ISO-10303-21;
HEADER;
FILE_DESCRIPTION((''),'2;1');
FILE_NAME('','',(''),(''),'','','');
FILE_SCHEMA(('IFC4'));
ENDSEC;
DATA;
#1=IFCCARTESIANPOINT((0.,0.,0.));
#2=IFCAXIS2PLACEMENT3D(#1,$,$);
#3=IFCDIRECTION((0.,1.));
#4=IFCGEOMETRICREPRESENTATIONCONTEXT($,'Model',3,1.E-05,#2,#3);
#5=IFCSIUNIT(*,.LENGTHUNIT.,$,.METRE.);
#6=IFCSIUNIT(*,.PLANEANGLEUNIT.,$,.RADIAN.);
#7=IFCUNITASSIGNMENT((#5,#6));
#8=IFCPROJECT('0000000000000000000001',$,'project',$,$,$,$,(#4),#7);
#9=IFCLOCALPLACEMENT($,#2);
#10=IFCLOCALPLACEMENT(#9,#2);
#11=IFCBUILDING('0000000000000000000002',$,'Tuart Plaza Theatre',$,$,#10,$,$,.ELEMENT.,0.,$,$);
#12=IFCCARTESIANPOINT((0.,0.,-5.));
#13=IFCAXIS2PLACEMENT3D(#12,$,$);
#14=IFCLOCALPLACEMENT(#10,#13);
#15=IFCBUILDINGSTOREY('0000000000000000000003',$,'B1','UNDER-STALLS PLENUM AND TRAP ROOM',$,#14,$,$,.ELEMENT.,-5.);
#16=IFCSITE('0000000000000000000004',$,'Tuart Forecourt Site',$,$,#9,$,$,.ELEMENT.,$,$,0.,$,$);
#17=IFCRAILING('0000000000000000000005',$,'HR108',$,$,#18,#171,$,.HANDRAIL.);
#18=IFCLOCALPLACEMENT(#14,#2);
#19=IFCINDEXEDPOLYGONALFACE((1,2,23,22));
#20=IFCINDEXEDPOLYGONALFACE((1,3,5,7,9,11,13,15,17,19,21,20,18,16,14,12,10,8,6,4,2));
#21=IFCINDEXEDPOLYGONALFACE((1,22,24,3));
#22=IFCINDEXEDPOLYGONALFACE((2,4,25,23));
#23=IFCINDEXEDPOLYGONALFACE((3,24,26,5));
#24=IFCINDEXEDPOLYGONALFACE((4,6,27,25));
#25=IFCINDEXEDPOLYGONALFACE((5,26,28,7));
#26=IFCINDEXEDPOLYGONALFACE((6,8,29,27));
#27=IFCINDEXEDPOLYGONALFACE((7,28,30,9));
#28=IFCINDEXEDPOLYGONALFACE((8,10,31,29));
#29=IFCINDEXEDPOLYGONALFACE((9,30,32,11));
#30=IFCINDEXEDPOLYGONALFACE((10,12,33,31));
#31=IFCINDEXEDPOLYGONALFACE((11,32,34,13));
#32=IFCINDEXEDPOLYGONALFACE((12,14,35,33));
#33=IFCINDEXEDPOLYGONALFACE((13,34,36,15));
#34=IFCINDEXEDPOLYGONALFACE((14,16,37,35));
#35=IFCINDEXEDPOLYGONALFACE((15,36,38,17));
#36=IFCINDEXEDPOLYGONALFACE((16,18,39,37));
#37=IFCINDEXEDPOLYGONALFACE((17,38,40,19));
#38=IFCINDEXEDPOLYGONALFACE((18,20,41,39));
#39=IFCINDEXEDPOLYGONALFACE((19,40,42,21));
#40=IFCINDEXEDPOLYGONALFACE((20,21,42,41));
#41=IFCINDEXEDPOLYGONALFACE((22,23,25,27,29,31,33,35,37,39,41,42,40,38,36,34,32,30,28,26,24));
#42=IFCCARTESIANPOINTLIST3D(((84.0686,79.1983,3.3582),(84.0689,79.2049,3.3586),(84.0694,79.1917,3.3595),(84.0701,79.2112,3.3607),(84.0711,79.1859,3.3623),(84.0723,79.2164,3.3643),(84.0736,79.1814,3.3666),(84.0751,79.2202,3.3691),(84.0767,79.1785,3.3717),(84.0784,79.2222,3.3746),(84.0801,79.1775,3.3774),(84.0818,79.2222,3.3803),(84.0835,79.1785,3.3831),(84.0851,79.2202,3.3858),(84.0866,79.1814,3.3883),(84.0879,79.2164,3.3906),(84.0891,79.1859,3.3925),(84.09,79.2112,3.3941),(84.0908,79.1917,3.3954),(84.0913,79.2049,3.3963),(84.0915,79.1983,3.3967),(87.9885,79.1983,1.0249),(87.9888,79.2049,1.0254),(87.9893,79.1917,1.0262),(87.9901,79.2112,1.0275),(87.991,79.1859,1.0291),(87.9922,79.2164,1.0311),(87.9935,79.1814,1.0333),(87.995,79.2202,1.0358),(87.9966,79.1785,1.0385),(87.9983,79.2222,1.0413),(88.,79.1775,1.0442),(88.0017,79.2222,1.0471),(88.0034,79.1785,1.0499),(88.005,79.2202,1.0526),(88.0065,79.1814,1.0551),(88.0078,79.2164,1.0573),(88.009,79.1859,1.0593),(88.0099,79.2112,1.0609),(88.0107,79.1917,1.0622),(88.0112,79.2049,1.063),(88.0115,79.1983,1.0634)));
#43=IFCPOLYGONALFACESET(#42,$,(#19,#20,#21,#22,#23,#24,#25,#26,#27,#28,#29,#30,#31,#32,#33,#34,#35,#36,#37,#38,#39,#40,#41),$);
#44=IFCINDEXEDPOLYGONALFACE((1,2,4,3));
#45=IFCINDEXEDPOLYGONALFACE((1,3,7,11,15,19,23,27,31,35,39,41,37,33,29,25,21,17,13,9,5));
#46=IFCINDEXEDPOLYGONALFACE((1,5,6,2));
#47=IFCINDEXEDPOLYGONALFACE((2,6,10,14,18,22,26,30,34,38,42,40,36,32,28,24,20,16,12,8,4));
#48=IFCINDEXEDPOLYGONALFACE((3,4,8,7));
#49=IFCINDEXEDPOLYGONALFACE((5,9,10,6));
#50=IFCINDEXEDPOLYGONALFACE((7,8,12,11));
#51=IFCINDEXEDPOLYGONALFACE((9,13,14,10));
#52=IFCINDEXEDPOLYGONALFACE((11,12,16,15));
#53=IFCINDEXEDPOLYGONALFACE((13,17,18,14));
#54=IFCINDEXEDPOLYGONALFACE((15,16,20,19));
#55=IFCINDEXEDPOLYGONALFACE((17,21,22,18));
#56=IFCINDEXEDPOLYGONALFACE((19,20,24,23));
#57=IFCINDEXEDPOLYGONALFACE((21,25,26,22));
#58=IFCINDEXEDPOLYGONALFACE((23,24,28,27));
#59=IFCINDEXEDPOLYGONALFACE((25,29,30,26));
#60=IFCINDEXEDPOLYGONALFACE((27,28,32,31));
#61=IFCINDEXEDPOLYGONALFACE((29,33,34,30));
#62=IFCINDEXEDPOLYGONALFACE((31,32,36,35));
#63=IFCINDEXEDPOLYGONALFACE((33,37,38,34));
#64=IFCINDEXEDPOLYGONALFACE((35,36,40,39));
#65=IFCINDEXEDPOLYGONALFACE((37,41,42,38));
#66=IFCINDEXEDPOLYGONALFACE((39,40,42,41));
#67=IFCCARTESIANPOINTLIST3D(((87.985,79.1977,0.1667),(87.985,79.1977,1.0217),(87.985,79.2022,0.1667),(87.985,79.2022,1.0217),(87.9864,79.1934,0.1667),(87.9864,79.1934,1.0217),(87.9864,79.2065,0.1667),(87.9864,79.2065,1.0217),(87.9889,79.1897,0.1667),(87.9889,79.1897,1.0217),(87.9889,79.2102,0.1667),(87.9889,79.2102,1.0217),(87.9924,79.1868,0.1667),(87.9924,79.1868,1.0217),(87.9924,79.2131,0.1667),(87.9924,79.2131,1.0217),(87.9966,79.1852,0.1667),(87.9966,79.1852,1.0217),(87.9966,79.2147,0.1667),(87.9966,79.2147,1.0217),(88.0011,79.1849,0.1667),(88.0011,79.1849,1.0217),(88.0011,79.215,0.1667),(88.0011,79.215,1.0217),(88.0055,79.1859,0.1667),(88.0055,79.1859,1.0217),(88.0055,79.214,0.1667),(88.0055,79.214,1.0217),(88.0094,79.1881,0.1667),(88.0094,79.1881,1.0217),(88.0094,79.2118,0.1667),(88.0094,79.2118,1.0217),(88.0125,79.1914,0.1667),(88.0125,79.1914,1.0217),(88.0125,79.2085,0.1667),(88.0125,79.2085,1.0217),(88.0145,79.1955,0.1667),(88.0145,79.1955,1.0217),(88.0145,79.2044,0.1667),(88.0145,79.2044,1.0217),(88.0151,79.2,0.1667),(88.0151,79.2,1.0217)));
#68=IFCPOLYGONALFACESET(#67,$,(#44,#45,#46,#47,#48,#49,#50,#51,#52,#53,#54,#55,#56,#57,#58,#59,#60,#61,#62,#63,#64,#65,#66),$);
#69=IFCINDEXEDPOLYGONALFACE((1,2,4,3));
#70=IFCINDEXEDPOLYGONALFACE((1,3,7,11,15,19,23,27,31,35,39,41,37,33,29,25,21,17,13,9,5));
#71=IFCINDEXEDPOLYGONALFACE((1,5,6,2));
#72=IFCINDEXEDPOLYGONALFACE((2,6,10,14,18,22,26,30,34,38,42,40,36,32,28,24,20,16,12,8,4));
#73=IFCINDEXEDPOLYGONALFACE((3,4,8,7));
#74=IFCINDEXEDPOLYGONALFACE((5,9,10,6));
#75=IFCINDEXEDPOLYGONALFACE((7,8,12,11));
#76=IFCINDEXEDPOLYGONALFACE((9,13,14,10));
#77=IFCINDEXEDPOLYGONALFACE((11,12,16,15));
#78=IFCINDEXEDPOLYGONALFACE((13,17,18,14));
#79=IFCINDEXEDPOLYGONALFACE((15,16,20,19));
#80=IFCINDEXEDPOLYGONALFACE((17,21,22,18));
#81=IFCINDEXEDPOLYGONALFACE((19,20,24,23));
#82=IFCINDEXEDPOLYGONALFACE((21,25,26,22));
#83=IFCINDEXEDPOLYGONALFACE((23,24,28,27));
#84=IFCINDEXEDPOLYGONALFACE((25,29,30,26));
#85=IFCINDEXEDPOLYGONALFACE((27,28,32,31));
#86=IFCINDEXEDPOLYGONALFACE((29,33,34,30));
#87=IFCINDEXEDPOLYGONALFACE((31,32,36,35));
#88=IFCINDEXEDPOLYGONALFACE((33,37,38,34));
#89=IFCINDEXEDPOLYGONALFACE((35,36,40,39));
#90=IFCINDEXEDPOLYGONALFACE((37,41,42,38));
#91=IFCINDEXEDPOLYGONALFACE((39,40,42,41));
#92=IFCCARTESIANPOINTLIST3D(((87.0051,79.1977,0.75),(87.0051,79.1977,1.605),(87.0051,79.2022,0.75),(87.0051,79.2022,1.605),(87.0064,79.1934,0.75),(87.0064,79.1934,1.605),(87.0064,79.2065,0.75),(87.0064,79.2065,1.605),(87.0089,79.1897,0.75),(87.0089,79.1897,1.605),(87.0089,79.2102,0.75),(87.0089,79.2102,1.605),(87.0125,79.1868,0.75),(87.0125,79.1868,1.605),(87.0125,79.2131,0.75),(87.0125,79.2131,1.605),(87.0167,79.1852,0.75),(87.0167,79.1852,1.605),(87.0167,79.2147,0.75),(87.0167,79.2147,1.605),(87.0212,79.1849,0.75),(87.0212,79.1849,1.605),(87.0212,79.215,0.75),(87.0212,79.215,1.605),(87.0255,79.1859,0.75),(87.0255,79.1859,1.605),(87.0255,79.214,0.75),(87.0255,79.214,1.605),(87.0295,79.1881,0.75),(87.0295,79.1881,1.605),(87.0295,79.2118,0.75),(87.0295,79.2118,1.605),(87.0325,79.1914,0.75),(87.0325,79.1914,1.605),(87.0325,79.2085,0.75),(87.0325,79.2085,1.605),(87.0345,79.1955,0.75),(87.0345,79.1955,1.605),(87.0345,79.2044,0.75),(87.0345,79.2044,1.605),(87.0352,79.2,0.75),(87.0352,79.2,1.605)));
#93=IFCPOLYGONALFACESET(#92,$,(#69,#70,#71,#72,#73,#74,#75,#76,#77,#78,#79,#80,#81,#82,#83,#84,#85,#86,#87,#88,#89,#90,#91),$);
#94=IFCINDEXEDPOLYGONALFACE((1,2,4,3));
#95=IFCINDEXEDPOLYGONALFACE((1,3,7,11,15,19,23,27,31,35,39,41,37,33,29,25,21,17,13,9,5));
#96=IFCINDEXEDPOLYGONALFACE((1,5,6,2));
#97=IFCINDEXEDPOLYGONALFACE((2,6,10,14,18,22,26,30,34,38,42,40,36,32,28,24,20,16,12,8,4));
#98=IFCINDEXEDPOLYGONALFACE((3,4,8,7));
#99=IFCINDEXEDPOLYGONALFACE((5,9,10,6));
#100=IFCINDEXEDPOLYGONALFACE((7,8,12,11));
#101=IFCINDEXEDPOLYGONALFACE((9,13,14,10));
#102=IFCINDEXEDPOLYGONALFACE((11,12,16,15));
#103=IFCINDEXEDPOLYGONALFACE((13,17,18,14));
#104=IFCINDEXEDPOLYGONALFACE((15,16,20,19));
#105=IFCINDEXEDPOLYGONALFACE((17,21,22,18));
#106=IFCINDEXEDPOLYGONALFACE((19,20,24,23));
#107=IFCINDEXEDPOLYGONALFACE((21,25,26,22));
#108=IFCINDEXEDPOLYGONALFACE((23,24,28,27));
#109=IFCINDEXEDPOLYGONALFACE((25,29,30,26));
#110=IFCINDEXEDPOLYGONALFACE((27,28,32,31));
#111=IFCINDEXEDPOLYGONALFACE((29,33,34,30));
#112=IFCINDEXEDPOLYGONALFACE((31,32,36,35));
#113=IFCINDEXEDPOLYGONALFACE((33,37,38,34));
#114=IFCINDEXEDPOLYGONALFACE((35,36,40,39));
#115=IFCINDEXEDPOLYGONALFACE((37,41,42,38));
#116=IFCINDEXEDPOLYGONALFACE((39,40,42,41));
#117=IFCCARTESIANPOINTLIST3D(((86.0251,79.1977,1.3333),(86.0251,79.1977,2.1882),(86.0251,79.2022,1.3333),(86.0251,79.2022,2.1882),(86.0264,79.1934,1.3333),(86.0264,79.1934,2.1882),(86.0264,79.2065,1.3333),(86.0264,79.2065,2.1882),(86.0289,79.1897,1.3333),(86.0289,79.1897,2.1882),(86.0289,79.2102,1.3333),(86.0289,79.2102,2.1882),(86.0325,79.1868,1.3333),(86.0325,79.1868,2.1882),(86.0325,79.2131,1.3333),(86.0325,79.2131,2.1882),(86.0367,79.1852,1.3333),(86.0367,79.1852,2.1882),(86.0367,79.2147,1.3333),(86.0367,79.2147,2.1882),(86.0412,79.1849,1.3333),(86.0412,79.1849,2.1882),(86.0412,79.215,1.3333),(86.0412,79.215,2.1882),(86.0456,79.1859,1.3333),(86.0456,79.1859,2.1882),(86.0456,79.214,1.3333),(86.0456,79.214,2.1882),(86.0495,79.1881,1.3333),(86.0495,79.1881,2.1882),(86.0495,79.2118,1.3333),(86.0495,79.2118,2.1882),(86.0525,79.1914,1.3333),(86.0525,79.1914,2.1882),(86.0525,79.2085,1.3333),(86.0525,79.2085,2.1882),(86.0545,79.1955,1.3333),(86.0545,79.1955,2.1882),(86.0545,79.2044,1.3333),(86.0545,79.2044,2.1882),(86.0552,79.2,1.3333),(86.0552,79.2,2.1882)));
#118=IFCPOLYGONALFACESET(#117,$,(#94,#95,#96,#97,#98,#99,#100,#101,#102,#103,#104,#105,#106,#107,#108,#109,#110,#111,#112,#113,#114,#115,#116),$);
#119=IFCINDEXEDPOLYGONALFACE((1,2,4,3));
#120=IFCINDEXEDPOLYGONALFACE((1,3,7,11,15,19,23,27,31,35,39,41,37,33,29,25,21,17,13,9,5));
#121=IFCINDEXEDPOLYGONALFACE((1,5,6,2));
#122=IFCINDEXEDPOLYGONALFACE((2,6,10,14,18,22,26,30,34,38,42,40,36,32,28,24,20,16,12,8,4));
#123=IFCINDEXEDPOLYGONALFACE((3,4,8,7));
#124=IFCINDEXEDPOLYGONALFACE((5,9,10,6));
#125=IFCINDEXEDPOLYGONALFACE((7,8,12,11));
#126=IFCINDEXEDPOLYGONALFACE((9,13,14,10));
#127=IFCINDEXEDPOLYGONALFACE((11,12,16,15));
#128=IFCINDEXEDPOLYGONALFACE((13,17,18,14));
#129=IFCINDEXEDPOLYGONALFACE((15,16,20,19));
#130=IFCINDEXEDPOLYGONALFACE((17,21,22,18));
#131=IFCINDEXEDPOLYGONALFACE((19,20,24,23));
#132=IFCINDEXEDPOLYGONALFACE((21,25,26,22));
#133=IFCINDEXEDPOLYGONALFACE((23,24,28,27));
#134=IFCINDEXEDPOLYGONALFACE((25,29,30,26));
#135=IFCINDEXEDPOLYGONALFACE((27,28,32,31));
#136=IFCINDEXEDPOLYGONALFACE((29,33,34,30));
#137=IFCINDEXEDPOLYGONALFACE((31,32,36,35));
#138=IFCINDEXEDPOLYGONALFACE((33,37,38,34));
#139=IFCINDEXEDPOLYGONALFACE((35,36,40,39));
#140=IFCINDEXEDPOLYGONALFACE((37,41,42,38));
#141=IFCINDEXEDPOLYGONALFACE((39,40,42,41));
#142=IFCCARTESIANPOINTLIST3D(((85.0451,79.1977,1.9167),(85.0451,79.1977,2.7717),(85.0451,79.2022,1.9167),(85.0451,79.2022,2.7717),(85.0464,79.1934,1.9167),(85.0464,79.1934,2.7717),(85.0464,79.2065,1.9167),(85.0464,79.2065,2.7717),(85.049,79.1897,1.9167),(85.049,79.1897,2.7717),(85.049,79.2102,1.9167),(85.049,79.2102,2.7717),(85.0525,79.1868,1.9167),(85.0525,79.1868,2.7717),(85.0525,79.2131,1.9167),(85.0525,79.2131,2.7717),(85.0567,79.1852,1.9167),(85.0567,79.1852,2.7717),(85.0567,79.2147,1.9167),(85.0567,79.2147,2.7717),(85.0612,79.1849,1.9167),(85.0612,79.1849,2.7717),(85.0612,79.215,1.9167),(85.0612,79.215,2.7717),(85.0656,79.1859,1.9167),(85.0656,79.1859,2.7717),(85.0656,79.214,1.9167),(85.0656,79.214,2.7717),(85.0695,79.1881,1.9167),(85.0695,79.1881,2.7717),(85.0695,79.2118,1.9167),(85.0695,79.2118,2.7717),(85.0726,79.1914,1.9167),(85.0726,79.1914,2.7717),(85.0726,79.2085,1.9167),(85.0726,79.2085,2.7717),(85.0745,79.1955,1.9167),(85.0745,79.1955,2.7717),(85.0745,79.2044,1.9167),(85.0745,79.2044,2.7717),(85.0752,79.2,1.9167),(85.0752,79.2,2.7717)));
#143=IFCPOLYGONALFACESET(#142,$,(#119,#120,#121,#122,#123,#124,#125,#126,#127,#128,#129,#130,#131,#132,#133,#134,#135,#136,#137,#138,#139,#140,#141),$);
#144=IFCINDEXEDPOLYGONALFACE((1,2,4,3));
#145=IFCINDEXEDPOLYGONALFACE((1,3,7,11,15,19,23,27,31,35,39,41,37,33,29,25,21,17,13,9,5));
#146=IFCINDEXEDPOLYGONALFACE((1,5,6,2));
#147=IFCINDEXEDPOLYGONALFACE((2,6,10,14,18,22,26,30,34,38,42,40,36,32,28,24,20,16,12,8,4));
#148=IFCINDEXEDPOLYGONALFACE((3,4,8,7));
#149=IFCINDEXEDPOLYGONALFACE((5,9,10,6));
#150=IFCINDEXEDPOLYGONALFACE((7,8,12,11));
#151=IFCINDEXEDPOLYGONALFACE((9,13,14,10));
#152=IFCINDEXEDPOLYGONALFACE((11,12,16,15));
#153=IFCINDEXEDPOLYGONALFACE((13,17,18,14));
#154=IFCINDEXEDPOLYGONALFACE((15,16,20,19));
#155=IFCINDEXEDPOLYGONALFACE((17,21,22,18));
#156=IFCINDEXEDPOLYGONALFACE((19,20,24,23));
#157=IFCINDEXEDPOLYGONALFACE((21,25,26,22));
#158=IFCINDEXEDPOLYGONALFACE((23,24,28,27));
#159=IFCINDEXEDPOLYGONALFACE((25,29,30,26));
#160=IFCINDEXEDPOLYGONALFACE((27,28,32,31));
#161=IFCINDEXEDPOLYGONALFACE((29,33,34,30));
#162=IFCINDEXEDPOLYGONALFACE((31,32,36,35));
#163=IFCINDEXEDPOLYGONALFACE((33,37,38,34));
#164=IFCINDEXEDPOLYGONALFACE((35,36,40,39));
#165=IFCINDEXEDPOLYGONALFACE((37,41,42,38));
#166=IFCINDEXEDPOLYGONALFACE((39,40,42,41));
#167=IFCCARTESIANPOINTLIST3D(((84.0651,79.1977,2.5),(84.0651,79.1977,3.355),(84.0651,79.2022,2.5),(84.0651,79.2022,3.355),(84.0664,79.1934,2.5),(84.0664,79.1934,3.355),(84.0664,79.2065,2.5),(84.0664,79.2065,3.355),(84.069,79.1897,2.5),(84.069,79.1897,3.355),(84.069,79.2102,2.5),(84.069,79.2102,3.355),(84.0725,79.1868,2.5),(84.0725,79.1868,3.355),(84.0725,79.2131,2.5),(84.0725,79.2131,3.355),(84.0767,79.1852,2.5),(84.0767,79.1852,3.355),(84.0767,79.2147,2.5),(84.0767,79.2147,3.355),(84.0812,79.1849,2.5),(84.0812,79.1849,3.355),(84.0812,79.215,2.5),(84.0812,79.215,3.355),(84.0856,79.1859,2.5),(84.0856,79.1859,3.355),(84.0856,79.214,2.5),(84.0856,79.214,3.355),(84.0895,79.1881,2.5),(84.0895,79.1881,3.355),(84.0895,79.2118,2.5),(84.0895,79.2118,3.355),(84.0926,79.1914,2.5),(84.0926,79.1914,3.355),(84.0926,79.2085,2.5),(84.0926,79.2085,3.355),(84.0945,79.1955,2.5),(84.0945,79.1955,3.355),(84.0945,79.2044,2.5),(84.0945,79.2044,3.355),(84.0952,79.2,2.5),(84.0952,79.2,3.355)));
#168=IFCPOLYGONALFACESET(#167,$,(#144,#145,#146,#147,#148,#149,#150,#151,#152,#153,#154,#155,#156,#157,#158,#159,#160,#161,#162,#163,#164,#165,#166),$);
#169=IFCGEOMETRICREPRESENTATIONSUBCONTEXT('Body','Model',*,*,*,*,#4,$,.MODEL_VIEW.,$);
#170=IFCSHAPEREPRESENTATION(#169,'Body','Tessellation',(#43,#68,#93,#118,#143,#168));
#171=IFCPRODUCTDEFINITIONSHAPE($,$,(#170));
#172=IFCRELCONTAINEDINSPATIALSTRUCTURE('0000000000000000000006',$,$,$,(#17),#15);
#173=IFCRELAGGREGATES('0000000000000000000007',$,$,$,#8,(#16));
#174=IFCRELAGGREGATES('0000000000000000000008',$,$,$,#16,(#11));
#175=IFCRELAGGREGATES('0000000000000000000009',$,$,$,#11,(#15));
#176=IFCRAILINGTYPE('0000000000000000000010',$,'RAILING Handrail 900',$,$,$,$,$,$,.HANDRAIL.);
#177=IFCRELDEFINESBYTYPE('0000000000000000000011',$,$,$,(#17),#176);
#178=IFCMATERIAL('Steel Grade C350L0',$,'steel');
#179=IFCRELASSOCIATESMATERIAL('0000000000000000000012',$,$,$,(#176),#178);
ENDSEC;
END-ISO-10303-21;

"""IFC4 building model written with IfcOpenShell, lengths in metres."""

from ifc_helpers import new_model, si_unit, direction, frame, origin, origin_2d, place, context, subcontext, project, spatial, circle, extrude, material, type_object, element, save


model = new_model("IFC4")

# Units and contexts
model_context = context("Model", 3, precision=1e-05, world=origin(), true_north=direction((0.0, 1.0)))
body_context = subcontext(model_context, "Body", "Model", "MODEL_VIEW")
ifc_project = project(units=[si_unit("LENGTHUNIT", "METRE"), si_unit("PLANEANGLEUNIT", "RADIAN")], contexts=[model_context])

# Site, building, storey
site_placement = place(None, origin())
site = spatial("IfcSite", under=ifc_project, at=site_placement, Name="Tuart Forecourt Site", CompositionType="ELEMENT", RefElevation=0.0)
building_placement = place(site_placement, origin())
building = spatial("IfcBuilding", under=site, at=building_placement, Name="Tuart Plaza Theatre", CompositionType="ELEMENT", ElevationOfRefHeight=0.0)
storey_placement = place(building_placement, frame((0.0, 0.0, -5.0)))
storey = spatial("IfcBuildingStorey", under=building, at=storey_placement, Name="B1", Description="UNDER-STALLS PLENUM AND TRAP ROOM", CompositionType="ELEMENT", Elevation=-5.0)

# Railing
ifc_material_1 = material(Name="Steel Grade C350L0", Category="steel")
railing_type_1 = type_object("IfcRailingType", Name="RAILING Handrail 900", PredefinedType="HANDRAIL", material=ifc_material_1)
for number, where, name in (
    (1, (88.0, 79.2, 0.1667), "HR108"),
):
    element("IfcRailing", number, at=place(storey_placement, frame(where)), inside=storey, type_object=railing_type_1, Name=name, PredefinedType="HANDRAIL", context=body_context, shape_type="SweptSolid", body=[
        extrude(circle(Radius=0.0225, at=origin_2d()), frame((0.0, 0.0, 0.8774), z_axis=(-0.859296, 0.0, 0.511478), x_axis=(0.0, -1.0, 0.0)), (0.0, 0.0, 1.0), 4.5618),
        extrude(circle(Radius=0.0151, at=origin_2d()), origin(), (0.0, 0.0, 1.0), 0.855),
        extrude(circle(Radius=0.0151, at=origin_2d()), frame((-0.98, 0.0, 0.5833)), (0.0, 0.0, 1.0), 0.855),
        extrude(circle(Radius=0.0151, at=origin_2d()), frame((-1.96, 0.0, 1.1665)), (0.0, 0.0, 1.0), 0.855),
        extrude(circle(Radius=0.0151, at=origin_2d()), frame((-2.9399, 0.0, 1.75)), (0.0, 0.0, 1.0), 0.855),
        extrude(circle(Radius=0.0151, at=origin_2d()), frame((-3.9199, 0.0, 2.3333)), (0.0, 0.0, 1.0), 0.855),
    ])

save(model, "model.ifc")
